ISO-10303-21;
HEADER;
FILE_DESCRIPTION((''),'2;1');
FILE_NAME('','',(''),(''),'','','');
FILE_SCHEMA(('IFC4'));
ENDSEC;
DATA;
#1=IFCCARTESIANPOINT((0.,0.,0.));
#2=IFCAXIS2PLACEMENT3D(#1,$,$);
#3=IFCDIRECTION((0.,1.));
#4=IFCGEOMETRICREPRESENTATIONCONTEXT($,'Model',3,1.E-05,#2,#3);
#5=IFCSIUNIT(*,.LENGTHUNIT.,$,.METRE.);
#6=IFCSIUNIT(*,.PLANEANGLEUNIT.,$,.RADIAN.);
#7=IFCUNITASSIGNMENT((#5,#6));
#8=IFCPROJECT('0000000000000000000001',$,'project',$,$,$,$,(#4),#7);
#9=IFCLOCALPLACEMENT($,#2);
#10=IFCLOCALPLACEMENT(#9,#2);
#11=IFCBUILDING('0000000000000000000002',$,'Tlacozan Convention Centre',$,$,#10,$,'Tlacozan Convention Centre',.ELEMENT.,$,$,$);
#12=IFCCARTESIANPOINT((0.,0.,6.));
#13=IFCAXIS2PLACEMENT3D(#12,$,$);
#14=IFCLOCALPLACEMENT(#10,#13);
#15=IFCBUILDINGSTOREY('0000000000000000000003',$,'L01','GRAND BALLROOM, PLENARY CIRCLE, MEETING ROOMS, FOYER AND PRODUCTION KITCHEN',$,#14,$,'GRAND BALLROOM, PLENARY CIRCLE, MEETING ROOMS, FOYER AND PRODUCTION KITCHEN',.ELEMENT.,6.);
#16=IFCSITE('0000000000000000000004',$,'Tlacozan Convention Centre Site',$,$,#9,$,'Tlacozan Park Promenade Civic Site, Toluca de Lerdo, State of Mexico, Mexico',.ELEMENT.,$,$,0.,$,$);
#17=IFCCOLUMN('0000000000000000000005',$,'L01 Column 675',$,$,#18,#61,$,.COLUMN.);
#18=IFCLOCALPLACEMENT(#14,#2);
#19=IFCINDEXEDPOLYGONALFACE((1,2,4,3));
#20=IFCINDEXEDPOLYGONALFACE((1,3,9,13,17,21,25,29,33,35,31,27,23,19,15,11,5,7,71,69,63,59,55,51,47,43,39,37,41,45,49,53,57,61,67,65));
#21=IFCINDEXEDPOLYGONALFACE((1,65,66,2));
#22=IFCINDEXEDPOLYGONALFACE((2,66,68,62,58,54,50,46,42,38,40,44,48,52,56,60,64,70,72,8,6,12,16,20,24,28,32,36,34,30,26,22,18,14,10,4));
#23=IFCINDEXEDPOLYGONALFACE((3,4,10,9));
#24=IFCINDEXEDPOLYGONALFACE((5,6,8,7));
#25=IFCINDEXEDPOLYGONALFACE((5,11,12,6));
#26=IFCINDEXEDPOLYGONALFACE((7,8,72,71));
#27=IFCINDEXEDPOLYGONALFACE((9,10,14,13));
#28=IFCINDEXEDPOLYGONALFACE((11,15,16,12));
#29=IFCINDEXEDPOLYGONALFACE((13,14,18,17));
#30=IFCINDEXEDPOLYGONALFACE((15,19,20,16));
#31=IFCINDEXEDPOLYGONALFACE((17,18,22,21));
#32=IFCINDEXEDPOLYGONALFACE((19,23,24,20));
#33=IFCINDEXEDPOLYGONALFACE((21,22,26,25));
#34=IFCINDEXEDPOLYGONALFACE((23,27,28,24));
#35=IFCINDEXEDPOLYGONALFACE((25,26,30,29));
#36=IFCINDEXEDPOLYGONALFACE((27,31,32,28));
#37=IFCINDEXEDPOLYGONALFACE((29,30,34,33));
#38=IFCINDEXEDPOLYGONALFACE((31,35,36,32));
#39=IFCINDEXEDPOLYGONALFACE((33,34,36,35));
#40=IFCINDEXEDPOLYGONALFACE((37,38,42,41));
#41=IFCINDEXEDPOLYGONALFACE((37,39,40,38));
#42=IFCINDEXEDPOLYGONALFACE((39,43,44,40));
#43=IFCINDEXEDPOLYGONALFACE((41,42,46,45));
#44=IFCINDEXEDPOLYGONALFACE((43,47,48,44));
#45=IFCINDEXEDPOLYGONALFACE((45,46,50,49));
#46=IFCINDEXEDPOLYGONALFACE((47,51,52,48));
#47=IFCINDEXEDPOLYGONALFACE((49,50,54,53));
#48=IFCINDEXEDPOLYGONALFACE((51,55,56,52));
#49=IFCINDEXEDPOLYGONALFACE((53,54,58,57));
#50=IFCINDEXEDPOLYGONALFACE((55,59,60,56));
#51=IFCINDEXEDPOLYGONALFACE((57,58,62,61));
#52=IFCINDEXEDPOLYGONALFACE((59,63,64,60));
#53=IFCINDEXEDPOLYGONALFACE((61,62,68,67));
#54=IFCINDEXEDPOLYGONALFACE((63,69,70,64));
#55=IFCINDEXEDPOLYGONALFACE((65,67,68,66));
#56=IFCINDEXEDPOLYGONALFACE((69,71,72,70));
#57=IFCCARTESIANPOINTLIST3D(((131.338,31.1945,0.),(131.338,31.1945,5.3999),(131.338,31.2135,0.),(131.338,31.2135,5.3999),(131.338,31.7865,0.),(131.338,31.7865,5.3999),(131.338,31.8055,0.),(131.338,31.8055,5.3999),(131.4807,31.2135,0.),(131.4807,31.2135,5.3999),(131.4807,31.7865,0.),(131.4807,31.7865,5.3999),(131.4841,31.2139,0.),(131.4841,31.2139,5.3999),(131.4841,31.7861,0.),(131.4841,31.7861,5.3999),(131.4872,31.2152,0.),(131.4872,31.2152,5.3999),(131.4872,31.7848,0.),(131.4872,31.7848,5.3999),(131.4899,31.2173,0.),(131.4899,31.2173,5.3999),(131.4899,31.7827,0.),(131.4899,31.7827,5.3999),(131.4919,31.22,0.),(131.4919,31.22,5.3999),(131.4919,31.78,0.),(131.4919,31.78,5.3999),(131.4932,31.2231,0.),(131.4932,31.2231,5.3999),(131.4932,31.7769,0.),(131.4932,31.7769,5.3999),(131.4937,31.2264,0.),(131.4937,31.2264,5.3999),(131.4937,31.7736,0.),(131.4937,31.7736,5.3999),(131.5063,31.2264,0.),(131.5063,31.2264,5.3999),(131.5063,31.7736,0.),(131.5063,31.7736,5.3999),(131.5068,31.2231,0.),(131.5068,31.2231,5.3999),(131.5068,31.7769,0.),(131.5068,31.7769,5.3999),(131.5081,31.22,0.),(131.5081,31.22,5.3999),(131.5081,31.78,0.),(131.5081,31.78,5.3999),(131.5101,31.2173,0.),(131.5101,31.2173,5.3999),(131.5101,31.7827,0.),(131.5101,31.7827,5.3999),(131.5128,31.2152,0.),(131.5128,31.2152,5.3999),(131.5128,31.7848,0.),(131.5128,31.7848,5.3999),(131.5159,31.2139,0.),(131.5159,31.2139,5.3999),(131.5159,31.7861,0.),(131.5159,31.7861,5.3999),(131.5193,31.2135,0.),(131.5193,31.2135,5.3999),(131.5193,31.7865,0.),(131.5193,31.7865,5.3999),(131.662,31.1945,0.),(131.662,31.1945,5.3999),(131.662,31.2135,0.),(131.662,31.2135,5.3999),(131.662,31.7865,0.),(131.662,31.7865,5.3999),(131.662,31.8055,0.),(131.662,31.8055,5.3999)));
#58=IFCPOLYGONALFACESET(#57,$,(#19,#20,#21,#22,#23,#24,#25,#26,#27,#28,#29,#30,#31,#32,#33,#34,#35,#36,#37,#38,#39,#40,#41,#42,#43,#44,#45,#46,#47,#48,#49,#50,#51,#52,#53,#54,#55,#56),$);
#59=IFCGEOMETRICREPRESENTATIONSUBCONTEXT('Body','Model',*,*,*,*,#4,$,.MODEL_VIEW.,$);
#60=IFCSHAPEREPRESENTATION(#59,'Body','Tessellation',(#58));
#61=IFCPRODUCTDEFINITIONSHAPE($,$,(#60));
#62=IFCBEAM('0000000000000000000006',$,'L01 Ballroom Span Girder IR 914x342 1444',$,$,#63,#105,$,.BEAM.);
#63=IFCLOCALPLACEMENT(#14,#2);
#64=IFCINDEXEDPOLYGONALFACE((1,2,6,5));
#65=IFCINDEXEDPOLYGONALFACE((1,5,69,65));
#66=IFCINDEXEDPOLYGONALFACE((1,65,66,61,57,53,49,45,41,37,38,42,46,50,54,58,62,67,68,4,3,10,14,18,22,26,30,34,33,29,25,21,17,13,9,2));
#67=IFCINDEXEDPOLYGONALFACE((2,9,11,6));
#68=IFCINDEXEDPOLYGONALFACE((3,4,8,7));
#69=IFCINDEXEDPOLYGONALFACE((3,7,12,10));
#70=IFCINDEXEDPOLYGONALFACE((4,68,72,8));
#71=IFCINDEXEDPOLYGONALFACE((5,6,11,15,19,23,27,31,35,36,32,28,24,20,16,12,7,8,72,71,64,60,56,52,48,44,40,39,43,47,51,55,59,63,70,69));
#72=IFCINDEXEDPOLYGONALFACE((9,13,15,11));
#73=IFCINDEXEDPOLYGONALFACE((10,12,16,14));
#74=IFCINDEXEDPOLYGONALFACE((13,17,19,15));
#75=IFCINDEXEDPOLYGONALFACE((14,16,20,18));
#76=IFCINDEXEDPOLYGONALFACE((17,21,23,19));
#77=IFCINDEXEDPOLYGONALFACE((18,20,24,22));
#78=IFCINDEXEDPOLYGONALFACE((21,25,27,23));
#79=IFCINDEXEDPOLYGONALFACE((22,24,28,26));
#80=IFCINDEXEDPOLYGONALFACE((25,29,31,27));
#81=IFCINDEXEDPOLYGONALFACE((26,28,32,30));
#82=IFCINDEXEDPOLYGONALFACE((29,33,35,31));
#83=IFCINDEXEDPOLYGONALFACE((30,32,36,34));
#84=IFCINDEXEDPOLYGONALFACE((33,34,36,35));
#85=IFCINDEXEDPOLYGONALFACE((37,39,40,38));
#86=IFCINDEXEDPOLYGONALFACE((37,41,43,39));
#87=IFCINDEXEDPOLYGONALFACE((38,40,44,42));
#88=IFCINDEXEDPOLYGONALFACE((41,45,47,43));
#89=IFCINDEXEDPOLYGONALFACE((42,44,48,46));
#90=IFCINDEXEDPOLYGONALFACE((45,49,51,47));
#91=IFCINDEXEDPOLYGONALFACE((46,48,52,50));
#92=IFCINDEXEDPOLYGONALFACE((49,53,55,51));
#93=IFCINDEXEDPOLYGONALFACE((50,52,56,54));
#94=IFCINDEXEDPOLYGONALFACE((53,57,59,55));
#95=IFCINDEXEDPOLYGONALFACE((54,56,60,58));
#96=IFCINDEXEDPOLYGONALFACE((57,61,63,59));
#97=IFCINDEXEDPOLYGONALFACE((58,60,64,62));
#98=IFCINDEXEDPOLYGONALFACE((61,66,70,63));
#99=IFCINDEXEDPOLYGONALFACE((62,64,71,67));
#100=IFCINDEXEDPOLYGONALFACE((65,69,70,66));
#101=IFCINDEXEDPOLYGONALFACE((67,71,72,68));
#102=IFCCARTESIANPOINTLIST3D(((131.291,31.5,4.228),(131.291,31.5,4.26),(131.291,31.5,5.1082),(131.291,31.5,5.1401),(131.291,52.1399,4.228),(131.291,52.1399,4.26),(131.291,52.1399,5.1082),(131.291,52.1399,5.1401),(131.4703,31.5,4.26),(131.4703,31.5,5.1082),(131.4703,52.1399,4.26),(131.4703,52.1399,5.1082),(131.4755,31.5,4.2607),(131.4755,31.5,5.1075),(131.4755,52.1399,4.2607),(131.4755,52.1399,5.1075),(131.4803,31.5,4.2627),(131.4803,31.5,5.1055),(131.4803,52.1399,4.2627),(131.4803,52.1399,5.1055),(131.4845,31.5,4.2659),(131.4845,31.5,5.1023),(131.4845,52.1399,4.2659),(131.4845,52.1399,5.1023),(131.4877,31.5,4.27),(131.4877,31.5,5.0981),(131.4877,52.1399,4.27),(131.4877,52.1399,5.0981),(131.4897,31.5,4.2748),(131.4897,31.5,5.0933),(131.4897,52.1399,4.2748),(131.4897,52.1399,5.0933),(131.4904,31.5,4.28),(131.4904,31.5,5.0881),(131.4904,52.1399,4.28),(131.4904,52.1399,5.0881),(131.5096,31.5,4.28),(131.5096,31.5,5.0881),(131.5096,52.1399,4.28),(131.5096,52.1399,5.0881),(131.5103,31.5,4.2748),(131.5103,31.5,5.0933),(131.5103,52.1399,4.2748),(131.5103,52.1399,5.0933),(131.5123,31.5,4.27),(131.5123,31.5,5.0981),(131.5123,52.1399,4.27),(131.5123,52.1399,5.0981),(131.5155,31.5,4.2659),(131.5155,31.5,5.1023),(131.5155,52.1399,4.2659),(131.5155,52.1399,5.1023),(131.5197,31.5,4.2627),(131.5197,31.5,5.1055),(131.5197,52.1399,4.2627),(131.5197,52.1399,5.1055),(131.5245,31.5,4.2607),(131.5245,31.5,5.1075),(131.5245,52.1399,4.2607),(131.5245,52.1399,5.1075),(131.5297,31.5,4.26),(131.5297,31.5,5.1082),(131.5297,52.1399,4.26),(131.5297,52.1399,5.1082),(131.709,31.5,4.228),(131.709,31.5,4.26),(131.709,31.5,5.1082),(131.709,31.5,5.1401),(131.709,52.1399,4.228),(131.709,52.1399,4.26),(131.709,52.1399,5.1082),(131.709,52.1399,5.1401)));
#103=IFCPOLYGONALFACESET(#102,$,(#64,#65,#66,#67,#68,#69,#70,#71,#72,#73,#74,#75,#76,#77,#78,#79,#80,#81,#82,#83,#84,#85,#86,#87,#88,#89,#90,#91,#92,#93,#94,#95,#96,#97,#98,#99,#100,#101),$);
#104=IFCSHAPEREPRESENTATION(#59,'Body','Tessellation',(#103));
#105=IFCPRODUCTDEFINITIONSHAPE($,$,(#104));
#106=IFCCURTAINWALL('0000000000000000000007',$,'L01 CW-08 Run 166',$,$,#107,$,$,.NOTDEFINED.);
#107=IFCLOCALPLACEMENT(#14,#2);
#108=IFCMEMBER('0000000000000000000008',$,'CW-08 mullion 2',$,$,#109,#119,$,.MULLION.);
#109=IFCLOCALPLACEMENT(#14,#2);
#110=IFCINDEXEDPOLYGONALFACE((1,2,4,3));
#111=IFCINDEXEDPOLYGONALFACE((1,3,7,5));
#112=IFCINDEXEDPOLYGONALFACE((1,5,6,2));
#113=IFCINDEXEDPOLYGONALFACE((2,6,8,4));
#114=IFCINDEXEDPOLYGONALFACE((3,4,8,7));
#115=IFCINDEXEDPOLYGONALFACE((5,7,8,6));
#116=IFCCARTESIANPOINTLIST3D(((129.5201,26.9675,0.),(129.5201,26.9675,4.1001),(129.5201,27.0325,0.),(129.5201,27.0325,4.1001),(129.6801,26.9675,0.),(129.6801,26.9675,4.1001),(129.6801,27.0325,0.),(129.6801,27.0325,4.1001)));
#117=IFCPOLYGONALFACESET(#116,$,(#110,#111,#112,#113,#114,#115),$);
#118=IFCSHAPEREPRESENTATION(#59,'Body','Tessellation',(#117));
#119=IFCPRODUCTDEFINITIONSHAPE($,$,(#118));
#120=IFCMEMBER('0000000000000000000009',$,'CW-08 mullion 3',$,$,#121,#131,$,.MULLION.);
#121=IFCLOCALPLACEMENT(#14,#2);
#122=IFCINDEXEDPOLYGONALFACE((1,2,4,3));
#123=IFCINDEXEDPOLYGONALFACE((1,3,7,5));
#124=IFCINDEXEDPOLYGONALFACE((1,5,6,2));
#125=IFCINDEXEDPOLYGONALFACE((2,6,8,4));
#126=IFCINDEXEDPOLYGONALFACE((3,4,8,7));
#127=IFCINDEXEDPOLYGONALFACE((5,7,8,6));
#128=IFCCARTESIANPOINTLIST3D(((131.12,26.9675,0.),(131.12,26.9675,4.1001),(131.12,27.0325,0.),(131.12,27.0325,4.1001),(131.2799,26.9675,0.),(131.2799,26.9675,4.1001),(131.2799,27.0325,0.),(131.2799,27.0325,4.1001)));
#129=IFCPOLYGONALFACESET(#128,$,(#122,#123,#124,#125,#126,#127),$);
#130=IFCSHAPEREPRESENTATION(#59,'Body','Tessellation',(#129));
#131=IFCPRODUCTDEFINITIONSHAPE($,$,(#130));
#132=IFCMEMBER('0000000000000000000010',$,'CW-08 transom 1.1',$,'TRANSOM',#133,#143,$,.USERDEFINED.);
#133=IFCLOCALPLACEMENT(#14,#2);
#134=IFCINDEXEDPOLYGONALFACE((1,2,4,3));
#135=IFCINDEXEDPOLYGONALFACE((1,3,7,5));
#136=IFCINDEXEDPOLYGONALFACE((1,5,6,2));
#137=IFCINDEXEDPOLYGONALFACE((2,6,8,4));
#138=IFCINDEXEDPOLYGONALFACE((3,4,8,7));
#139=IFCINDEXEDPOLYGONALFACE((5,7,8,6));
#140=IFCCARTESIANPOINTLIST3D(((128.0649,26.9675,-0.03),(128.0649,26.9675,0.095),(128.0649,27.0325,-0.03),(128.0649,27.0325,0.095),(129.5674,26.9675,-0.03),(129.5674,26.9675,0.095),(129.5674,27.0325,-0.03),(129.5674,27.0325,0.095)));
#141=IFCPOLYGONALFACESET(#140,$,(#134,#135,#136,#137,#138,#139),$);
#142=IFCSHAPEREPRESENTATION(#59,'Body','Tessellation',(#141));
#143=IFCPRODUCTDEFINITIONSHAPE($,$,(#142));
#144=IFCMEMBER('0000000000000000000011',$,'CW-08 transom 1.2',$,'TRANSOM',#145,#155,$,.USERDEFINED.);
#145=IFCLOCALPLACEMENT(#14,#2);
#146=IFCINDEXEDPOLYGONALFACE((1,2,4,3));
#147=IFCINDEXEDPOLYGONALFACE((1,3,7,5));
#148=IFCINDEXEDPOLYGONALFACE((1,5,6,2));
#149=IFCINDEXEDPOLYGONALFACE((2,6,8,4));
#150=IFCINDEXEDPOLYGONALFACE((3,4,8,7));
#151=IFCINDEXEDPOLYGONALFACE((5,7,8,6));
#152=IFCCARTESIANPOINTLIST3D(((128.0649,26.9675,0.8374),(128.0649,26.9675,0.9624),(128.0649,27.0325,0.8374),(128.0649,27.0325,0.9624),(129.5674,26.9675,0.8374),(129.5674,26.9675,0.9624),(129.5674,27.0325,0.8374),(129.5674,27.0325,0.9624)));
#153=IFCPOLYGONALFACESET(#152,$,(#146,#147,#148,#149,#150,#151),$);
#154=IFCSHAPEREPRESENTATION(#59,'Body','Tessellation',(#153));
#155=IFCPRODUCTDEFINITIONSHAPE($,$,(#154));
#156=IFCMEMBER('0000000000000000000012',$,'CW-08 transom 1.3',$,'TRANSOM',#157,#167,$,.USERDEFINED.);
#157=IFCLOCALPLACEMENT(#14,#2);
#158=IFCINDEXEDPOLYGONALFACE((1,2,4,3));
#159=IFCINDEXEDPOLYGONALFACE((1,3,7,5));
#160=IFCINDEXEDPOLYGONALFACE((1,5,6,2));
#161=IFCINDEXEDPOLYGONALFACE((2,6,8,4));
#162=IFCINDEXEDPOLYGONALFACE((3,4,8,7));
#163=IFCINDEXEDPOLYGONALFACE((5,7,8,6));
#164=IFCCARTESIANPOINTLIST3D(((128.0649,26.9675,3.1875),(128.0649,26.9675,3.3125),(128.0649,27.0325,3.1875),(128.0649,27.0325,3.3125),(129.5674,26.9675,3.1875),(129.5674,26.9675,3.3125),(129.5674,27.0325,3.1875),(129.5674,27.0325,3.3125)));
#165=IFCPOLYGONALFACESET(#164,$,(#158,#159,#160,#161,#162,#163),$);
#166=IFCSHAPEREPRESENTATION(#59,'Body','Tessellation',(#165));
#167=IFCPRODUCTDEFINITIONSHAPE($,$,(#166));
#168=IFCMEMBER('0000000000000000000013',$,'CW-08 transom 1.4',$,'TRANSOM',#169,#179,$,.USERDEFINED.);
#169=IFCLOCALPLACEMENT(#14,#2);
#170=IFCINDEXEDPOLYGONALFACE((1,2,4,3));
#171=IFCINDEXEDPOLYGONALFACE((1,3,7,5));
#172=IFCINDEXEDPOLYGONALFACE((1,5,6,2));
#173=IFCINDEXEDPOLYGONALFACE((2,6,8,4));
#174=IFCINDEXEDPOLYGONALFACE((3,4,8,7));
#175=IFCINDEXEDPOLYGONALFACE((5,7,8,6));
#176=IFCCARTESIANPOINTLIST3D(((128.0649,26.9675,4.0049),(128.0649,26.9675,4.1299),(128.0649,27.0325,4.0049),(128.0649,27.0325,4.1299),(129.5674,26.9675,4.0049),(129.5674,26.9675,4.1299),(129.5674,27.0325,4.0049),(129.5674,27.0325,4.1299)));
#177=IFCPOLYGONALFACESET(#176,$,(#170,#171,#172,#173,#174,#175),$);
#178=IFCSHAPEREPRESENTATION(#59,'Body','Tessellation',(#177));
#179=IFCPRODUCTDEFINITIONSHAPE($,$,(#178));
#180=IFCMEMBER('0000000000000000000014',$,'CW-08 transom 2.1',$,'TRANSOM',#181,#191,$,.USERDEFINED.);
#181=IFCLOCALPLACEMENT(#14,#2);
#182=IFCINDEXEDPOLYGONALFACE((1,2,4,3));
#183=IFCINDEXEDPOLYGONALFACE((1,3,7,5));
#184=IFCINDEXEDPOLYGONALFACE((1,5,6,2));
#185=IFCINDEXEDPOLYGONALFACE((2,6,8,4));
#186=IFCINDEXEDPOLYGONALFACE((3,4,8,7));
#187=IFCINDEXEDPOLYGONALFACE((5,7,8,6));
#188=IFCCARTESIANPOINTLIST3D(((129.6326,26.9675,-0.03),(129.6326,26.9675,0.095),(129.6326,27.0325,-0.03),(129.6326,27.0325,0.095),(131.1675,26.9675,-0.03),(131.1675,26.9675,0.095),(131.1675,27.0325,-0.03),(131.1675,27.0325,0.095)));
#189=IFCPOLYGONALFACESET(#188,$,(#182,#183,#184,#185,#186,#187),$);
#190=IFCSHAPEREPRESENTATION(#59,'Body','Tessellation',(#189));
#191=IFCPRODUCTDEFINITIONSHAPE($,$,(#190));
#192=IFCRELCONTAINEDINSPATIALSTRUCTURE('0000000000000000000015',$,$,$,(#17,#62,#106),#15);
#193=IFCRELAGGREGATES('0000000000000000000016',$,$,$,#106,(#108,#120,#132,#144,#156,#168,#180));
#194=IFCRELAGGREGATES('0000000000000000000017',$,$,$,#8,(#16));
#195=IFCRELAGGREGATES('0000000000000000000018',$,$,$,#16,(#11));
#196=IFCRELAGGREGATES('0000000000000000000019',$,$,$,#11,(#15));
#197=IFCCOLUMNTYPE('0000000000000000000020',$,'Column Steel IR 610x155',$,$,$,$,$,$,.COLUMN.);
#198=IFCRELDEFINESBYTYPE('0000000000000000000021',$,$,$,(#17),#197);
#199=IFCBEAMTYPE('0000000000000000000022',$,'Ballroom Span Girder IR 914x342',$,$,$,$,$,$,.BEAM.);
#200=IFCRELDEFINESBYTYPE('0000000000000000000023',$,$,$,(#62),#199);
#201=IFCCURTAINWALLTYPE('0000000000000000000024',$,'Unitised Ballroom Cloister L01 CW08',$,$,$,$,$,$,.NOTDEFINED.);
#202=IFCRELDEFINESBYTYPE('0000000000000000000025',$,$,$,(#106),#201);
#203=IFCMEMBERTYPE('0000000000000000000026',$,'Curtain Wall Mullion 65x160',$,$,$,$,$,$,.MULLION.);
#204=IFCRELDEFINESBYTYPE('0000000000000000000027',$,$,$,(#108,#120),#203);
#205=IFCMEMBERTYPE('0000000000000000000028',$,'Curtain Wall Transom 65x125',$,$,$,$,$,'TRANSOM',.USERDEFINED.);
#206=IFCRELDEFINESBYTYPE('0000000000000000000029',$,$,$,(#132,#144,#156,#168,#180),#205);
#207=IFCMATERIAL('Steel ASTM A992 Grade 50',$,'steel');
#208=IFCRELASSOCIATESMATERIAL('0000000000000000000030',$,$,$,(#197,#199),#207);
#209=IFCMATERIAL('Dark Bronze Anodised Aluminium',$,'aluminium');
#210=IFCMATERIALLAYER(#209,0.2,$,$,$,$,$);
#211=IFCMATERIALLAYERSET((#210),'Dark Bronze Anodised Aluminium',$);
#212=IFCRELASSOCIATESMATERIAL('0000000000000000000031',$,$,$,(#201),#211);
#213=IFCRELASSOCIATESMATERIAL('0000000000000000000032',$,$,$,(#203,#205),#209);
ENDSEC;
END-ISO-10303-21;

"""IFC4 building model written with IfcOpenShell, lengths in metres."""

from ifc_helpers import new_model, si_unit, direction, frame, origin, origin_2d, place, context, subcontext, project, spatial, rectangle, i_section, extrude, material, layer, layer_set, material_profile, profile_set, type_object, element, aggregate, save


model = new_model("IFC4")

# Units and contexts
model_context = context("Model", 3, precision=1e-05, world=origin(), true_north=direction((0.0, 1.0)))
body_context = subcontext(model_context, "Body", "Model", "MODEL_VIEW")
ifc_project = project(units=[si_unit("LENGTHUNIT", "METRE"), si_unit("PLANEANGLEUNIT", "RADIAN")], contexts=[model_context])

# Site, building, storey
site_placement = place(None, origin())
site = spatial("IfcSite", under=ifc_project, at=site_placement, Name="Tlacozan Convention Centre Site", LongName="Tlacozan Park Promenade Civic Site, Toluca de Lerdo, State of Mexico, Mexico", CompositionType="ELEMENT", RefElevation=0.0)
building_placement = place(site_placement, origin())
building = spatial("IfcBuilding", under=site, at=building_placement, Name="Tlacozan Convention Centre", LongName="Tlacozan Convention Centre", CompositionType="ELEMENT")
storey_placement = place(building_placement, frame((0.0, 0.0, 6.0)))
storey = spatial("IfcBuildingStorey", under=building, at=storey_placement, Name="L01", Description="GRAND BALLROOM, PLENARY CIRCLE, MEETING ROOMS, FOYER AND PRODUCTION KITCHEN", LongName="GRAND BALLROOM, PLENARY CIRCLE, MEETING ROOMS, FOYER AND PRODUCTION KITCHEN", CompositionType="ELEMENT", Elevation=6.0)

# Column
ifc_material_1 = material(Name="Steel ASTM A992 Grade 50", Category="steel")
ifc_material_profile_1 = material_profile(ifc_material_1, i_section(OverallWidth=0.324, OverallDepth=0.6111, WebThickness=0.0127, FlangeThickness=0.019, FilletRadius=0.0129, at=origin_2d()), Name="IR 610x155.0")
ifc_profile_set_1 = profile_set([ifc_material_profile_1], Name="Steel ASTM A992 Grade 50")
column_type = type_object("IfcColumnType", Name="Column Steel IR 610x155", PredefinedType="COLUMN", material=ifc_profile_set_1)
column_placement = place(storey_placement, frame((131.5, 31.5, 0.0), z_axis=(0.0, 0.0, 1.0), x_axis=(1.0, 0.0, 0.0)))
element("IfcColumn", 1, at=column_placement, inside=storey, type_object=column_type, Name="L01 Column 675", PredefinedType="COLUMN", context=body_context, shape_type="SweptSolid", body=[
    extrude(i_section(OverallWidth=0.324, OverallDepth=0.6111, WebThickness=0.0127, FlangeThickness=0.019, FilletRadius=0.0129, at=origin_2d()), origin(), (0.0, 0.0, 1.0), 5.3999),
])

# Beam
ifc_material_profile_2 = material_profile(ifc_material_1, i_section(OverallWidth=0.418, OverallDepth=0.9121, WebThickness=0.0193, FlangeThickness=0.032, FilletRadius=0.02, at=origin_2d()), Name="IR 914x342.0")
ifc_profile_set_2 = profile_set([ifc_material_profile_2], Name="Steel ASTM A992 Grade 50")
beam_type_1 = type_object("IfcBeamType", Name="Ballroom Span Girder IR 914x342", PredefinedType="BEAM", material=ifc_profile_set_2)
beam_1_placement = place(storey_placement, frame((131.5, 31.5, 4.6841), z_axis=(0.0, 1.0, 0.0), x_axis=(-1.0, 0.0, 0.0)))
element("IfcBeam", 2, at=beam_1_placement, inside=storey, type_object=beam_type_1, Name="L01 Ballroom Span Girder IR 914x342 1444", PredefinedType="BEAM", context=body_context, shape_type="SweptSolid", body=[
    extrude(i_section(OverallWidth=0.418, OverallDepth=0.9121, WebThickness=0.0193, FlangeThickness=0.032, FilletRadius=0.02, at=origin_2d()), origin(), (0.0, 0.0, 1.0), 20.6399),
])

# Curtain wall, members
ifc_material_2 = material(Name="Dark Bronze Anodised Aluminium", Category="aluminium")
ifc_layer_1 = layer(ifc_material_2, 0.2)
ifc_layer_set_1 = layer_set([ifc_layer_1], Name="Dark Bronze Anodised Aluminium")
curtain_wall_type = type_object("IfcCurtainWallType", Name="Unitised Ballroom Cloister L01 CW08", PredefinedType="NOTDEFINED", material=ifc_layer_set_1)
curtain_wall_placement = place(storey_placement, origin())
curtain_wall = element("IfcCurtainWall", 3, at=curtain_wall_placement, inside=storey, type_object=curtain_wall_type, Name="L01 CW-08 Run 166", PredefinedType="NOTDEFINED")
ifc_material_profile_3 = material_profile(ifc_material_2, rectangle(XDim=0.0649, YDim=0.1599, at=origin_2d()), Name="ALU 65x160")
ifc_profile_set_3 = profile_set([ifc_material_profile_3], Name="Dark Bronze Anodised Aluminium")
member_type_1 = type_object("IfcMemberType", Name="Curtain Wall Mullion 65x160", PredefinedType="MULLION", material=ifc_profile_set_3)
member_1_placement = place(storey_placement, frame((129.6001, 27.0, 0.0), z_axis=(0.0, 0.0, 1.0), x_axis=(0.0, 1.0, 0.0)))
member_1 = element("IfcMember", 4, at=member_1_placement, type_object=member_type_1, Name="CW-08 mullion 2", PredefinedType="MULLION", context=body_context, shape_type="SweptSolid", body=[
    extrude(rectangle(XDim=0.0649, YDim=0.1599, at=origin_2d()), origin(), (0.0, 0.0, 1.0), 4.1001),
])
member_2_placement = place(storey_placement, frame((131.2, 27.0, 0.0), z_axis=(0.0, 0.0, 1.0), x_axis=(0.0, 1.0, 0.0)))
member_2 = element("IfcMember", 5, at=member_2_placement, type_object=member_type_1, Name="CW-08 mullion 3", PredefinedType="MULLION", context=body_context, shape_type="SweptSolid", body=[
    extrude(rectangle(XDim=0.0649, YDim=0.1599, at=origin_2d()), origin(), (0.0, 0.0, 1.0), 4.1001),
])
ifc_material_profile_4 = material_profile(ifc_material_2, rectangle(XDim=0.0649, YDim=0.125, at=origin_2d()), Name="ALU 65x125")
ifc_profile_set_4 = profile_set([ifc_material_profile_4], Name="Dark Bronze Anodised Aluminium")
member_type_2 = type_object("IfcMemberType", Name="Curtain Wall Transom 65x125", ElementType="TRANSOM", PredefinedType="USERDEFINED", material=ifc_profile_set_4)
member_3_placement = place(storey_placement, frame((128.0649, 27.0, 0.0325), z_axis=(1.0, 0.0, 0.0), x_axis=(0.0, 1.0, 0.0)))
member_3 = element("IfcMember", 6, at=member_3_placement, type_object=member_type_2, Name="CW-08 transom 1.1", ObjectType="TRANSOM", PredefinedType="USERDEFINED", context=body_context, shape_type="SweptSolid", body=[
    extrude(rectangle(XDim=0.0649, YDim=0.125, at=origin_2d()), origin(), (0.0, 0.0, 1.0), 1.5024),
])
member_4_placement = place(storey_placement, frame((128.0649, 27.0, 0.8999), z_axis=(1.0, 0.0, 0.0), x_axis=(0.0, 1.0, 0.0)))
member_4 = element("IfcMember", 7, at=member_4_placement, type_object=member_type_2, Name="CW-08 transom 1.2", ObjectType="TRANSOM", PredefinedType="USERDEFINED", context=body_context, shape_type="SweptSolid", body=[
    extrude(rectangle(XDim=0.0649, YDim=0.125, at=origin_2d()), origin(), (0.0, 0.0, 1.0), 1.5024),
])
member_5_placement = place(storey_placement, frame((128.0649, 27.0, 3.25), z_axis=(1.0, 0.0, 0.0), x_axis=(0.0, 1.0, 0.0)))
member_5 = element("IfcMember", 8, at=member_5_placement, type_object=member_type_2, Name="CW-08 transom 1.3", ObjectType="TRANSOM", PredefinedType="USERDEFINED", context=body_context, shape_type="SweptSolid", body=[
    extrude(rectangle(XDim=0.0649, YDim=0.125, at=origin_2d()), origin(), (0.0, 0.0, 1.0), 1.5024),
])
member_6_placement = place(storey_placement, frame((128.0649, 27.0, 4.0674), z_axis=(1.0, 0.0, 0.0), x_axis=(0.0, 1.0, 0.0)))
member_6 = element("IfcMember", 9, at=member_6_placement, type_object=member_type_2, Name="CW-08 transom 1.4", ObjectType="TRANSOM", PredefinedType="USERDEFINED", context=body_context, shape_type="SweptSolid", body=[
    extrude(rectangle(XDim=0.0649, YDim=0.125, at=origin_2d()), origin(), (0.0, 0.0, 1.0), 1.5024),
])
member_7_placement = place(storey_placement, frame((129.6326, 27.0, 0.0325), z_axis=(1.0, 0.0, 0.0), x_axis=(0.0, 1.0, 0.0)))
member_7 = element("IfcMember", 10, at=member_7_placement, type_object=member_type_2, Name="CW-08 transom 2.1", ObjectType="TRANSOM", PredefinedType="USERDEFINED", context=body_context, shape_type="SweptSolid", body=[
    extrude(rectangle(XDim=0.0649, YDim=0.125, at=origin_2d()), origin(), (0.0, 0.0, 1.0), 1.5349),
])

aggregate(curtain_wall, [member_1, member_2, member_3, member_4, member_5, member_6, member_7])

save(model, "model.ifc")
